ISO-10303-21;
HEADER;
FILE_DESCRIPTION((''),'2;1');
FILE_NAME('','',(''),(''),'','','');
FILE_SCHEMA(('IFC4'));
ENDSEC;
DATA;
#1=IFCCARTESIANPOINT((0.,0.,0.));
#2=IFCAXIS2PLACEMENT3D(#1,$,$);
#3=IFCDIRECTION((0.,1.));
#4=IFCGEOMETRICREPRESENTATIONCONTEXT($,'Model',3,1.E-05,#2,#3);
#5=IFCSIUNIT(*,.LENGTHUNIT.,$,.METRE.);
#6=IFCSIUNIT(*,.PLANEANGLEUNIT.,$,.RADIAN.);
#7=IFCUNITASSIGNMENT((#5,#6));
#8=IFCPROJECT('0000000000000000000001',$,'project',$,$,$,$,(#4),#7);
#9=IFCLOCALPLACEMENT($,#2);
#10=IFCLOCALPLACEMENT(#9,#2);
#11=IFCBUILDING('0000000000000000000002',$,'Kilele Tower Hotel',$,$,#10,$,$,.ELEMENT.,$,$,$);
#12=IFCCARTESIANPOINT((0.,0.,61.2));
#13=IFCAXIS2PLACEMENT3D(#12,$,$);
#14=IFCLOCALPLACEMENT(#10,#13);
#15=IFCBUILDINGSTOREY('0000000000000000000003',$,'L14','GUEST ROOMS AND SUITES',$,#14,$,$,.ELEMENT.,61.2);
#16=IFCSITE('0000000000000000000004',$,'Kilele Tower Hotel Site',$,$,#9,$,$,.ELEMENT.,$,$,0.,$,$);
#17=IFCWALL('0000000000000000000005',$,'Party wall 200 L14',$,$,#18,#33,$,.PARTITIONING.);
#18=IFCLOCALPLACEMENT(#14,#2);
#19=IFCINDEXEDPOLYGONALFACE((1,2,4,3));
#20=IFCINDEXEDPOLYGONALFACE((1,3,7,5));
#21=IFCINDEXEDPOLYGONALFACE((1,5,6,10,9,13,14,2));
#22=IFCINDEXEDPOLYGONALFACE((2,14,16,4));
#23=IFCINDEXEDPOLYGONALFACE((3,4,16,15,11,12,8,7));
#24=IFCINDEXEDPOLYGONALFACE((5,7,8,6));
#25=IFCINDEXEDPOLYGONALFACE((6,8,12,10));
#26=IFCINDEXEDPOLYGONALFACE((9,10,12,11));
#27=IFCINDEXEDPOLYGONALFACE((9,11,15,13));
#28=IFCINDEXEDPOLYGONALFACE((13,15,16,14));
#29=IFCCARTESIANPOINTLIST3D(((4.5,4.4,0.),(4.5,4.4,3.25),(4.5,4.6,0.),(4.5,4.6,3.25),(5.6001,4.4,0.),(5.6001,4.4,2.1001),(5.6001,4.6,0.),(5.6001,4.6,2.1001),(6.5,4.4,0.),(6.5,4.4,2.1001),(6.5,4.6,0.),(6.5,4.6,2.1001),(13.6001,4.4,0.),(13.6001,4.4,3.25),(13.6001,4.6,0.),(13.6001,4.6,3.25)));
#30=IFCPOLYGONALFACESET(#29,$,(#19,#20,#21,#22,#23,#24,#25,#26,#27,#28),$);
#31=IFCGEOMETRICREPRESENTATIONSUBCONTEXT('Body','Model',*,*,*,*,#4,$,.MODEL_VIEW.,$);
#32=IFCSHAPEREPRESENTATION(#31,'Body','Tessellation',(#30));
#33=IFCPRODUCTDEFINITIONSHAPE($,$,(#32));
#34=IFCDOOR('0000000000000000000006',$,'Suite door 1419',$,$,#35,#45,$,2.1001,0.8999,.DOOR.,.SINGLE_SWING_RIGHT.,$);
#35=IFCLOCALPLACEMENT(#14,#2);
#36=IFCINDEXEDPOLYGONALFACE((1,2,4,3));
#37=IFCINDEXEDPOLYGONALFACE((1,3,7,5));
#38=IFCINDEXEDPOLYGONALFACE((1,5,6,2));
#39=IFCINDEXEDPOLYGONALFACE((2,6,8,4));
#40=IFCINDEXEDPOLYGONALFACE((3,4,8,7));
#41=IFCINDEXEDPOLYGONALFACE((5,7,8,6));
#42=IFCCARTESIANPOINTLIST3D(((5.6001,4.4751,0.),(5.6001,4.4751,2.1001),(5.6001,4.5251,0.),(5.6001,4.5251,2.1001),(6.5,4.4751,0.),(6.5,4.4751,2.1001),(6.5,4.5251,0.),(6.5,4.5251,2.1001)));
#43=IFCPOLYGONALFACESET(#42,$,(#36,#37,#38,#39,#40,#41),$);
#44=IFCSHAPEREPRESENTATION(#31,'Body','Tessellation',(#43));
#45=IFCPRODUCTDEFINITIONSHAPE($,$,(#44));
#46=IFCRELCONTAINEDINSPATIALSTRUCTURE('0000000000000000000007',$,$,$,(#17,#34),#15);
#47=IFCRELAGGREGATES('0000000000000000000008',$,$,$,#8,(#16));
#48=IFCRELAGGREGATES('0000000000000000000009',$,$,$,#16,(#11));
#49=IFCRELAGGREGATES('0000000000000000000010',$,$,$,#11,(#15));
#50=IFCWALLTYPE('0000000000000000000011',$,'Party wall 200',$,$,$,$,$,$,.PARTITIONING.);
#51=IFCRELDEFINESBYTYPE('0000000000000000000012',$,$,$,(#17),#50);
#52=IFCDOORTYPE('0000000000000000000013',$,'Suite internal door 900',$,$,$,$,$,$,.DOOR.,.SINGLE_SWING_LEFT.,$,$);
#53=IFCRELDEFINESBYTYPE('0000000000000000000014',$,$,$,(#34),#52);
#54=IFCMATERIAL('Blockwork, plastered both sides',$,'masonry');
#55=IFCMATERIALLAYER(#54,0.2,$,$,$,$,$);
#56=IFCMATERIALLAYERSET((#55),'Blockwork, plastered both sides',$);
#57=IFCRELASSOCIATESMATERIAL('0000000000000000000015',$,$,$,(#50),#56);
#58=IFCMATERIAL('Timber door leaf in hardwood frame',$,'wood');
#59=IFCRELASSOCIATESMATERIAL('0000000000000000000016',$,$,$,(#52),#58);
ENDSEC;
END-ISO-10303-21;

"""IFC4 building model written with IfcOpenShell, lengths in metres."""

from ifc_helpers import new_model, si_unit, direction, frame, frame_2d, origin, place, context, subcontext, project, spatial, rectangle, extrude, material, layer, layer_set, type_object, element, fill, save


model = new_model("IFC4")

# Units and contexts
model_context = context("Model", 3, precision=1e-05, world=origin(), true_north=direction((0.0, 1.0)))
body_context = subcontext(model_context, "Body", "Model", "MODEL_VIEW")
ifc_project = project(units=[si_unit("LENGTHUNIT", "METRE"), si_unit("PLANEANGLEUNIT", "RADIAN")], contexts=[model_context])

# Site, building, storey
site_placement = place(None, origin())
site = spatial("IfcSite", under=ifc_project, at=site_placement, Name="Kilele Tower Hotel Site", CompositionType="ELEMENT", RefElevation=0.0)
building_placement = place(site_placement, origin())
building = spatial("IfcBuilding", under=site, at=building_placement, Name="Kilele Tower Hotel", CompositionType="ELEMENT")
storey_placement = place(building_placement, frame((0.0, 0.0, 61.2)))
storey = spatial("IfcBuildingStorey", under=building, at=storey_placement, Name="L14", Description="GUEST ROOMS AND SUITES", CompositionType="ELEMENT", Elevation=61.2)

# Wall, opening, door
ifc_material_1 = material(Name="Blockwork, plastered both sides", Category="masonry")
ifc_layer_1 = layer(ifc_material_1, 0.2)
ifc_layer_set_1 = layer_set([ifc_layer_1], Name="Blockwork, plastered both sides")
wall_type_1 = type_object("IfcWallType", Name="Party wall 200", PredefinedType="PARTITIONING", material=ifc_layer_set_1)
wall_1_placement = place(storey_placement, frame((13.6001, 4.5, 0.0), z_axis=(0.0, 0.0, 1.0), x_axis=(-1.0, 0.0, 0.0)))
wall_1 = element("IfcWall", 1, at=wall_1_placement, inside=storey, type_object=wall_type_1, Name="Party wall 200 L14", PredefinedType="PARTITIONING", context=body_context, shape_type="SweptSolid", body=[
    extrude(rectangle(XDim=9.1001, YDim=0.2, at=frame_2d((4.55, 0.0))), origin(), (0.0, 0.0, 1.0), 3.25),
])
opening_1_placement = place(wall_1_placement, frame((7.1001, 0.0, 0.0)))
opening_1 = element("IfcOpeningElement", 2, at=opening_1_placement, cuts=wall_1, PredefinedType="OPENING", context=body_context, shape_type="SweptSolid", body=[
    extrude(rectangle(XDim=0.8999, YDim=2.1001, at=frame_2d((0.45, 1.05))), frame((0.0, 0.1099, 0.0), z_axis=(0.0, -1.0, 0.0), x_axis=(1.0, 0.0, 0.0)), (0.0, 0.0, 1.0), 0.22),
])
ifc_material_2 = material(Name="Timber door leaf in hardwood frame", Category="wood")
door_type_1 = type_object("IfcDoorType", Name="Suite internal door 900", OperationType="SINGLE_SWING_LEFT", PredefinedType="DOOR", material=ifc_material_2)
door_1_placement = place(opening_1_placement, origin())
door_1 = element("IfcDoor", 3, at=door_1_placement, inside=storey, type_object=door_type_1, Name="Suite door 1419", OperationType="SINGLE_SWING_RIGHT", OverallHeight=2.1001, OverallWidth=0.8999, PredefinedType="DOOR", context=body_context, shape_type="SweptSolid", body=[
    extrude(rectangle(XDim=0.8999, YDim=2.1001, at=frame_2d((0.45, 1.05))), frame((0.0, 0.0249, 0.0), z_axis=(0.0, -1.0, 0.0), x_axis=(1.0, 0.0, 0.0)), (0.0, 0.0, 1.0), 0.05),
])
fill(opening_1, door_1)

save(model, "model.ifc")
